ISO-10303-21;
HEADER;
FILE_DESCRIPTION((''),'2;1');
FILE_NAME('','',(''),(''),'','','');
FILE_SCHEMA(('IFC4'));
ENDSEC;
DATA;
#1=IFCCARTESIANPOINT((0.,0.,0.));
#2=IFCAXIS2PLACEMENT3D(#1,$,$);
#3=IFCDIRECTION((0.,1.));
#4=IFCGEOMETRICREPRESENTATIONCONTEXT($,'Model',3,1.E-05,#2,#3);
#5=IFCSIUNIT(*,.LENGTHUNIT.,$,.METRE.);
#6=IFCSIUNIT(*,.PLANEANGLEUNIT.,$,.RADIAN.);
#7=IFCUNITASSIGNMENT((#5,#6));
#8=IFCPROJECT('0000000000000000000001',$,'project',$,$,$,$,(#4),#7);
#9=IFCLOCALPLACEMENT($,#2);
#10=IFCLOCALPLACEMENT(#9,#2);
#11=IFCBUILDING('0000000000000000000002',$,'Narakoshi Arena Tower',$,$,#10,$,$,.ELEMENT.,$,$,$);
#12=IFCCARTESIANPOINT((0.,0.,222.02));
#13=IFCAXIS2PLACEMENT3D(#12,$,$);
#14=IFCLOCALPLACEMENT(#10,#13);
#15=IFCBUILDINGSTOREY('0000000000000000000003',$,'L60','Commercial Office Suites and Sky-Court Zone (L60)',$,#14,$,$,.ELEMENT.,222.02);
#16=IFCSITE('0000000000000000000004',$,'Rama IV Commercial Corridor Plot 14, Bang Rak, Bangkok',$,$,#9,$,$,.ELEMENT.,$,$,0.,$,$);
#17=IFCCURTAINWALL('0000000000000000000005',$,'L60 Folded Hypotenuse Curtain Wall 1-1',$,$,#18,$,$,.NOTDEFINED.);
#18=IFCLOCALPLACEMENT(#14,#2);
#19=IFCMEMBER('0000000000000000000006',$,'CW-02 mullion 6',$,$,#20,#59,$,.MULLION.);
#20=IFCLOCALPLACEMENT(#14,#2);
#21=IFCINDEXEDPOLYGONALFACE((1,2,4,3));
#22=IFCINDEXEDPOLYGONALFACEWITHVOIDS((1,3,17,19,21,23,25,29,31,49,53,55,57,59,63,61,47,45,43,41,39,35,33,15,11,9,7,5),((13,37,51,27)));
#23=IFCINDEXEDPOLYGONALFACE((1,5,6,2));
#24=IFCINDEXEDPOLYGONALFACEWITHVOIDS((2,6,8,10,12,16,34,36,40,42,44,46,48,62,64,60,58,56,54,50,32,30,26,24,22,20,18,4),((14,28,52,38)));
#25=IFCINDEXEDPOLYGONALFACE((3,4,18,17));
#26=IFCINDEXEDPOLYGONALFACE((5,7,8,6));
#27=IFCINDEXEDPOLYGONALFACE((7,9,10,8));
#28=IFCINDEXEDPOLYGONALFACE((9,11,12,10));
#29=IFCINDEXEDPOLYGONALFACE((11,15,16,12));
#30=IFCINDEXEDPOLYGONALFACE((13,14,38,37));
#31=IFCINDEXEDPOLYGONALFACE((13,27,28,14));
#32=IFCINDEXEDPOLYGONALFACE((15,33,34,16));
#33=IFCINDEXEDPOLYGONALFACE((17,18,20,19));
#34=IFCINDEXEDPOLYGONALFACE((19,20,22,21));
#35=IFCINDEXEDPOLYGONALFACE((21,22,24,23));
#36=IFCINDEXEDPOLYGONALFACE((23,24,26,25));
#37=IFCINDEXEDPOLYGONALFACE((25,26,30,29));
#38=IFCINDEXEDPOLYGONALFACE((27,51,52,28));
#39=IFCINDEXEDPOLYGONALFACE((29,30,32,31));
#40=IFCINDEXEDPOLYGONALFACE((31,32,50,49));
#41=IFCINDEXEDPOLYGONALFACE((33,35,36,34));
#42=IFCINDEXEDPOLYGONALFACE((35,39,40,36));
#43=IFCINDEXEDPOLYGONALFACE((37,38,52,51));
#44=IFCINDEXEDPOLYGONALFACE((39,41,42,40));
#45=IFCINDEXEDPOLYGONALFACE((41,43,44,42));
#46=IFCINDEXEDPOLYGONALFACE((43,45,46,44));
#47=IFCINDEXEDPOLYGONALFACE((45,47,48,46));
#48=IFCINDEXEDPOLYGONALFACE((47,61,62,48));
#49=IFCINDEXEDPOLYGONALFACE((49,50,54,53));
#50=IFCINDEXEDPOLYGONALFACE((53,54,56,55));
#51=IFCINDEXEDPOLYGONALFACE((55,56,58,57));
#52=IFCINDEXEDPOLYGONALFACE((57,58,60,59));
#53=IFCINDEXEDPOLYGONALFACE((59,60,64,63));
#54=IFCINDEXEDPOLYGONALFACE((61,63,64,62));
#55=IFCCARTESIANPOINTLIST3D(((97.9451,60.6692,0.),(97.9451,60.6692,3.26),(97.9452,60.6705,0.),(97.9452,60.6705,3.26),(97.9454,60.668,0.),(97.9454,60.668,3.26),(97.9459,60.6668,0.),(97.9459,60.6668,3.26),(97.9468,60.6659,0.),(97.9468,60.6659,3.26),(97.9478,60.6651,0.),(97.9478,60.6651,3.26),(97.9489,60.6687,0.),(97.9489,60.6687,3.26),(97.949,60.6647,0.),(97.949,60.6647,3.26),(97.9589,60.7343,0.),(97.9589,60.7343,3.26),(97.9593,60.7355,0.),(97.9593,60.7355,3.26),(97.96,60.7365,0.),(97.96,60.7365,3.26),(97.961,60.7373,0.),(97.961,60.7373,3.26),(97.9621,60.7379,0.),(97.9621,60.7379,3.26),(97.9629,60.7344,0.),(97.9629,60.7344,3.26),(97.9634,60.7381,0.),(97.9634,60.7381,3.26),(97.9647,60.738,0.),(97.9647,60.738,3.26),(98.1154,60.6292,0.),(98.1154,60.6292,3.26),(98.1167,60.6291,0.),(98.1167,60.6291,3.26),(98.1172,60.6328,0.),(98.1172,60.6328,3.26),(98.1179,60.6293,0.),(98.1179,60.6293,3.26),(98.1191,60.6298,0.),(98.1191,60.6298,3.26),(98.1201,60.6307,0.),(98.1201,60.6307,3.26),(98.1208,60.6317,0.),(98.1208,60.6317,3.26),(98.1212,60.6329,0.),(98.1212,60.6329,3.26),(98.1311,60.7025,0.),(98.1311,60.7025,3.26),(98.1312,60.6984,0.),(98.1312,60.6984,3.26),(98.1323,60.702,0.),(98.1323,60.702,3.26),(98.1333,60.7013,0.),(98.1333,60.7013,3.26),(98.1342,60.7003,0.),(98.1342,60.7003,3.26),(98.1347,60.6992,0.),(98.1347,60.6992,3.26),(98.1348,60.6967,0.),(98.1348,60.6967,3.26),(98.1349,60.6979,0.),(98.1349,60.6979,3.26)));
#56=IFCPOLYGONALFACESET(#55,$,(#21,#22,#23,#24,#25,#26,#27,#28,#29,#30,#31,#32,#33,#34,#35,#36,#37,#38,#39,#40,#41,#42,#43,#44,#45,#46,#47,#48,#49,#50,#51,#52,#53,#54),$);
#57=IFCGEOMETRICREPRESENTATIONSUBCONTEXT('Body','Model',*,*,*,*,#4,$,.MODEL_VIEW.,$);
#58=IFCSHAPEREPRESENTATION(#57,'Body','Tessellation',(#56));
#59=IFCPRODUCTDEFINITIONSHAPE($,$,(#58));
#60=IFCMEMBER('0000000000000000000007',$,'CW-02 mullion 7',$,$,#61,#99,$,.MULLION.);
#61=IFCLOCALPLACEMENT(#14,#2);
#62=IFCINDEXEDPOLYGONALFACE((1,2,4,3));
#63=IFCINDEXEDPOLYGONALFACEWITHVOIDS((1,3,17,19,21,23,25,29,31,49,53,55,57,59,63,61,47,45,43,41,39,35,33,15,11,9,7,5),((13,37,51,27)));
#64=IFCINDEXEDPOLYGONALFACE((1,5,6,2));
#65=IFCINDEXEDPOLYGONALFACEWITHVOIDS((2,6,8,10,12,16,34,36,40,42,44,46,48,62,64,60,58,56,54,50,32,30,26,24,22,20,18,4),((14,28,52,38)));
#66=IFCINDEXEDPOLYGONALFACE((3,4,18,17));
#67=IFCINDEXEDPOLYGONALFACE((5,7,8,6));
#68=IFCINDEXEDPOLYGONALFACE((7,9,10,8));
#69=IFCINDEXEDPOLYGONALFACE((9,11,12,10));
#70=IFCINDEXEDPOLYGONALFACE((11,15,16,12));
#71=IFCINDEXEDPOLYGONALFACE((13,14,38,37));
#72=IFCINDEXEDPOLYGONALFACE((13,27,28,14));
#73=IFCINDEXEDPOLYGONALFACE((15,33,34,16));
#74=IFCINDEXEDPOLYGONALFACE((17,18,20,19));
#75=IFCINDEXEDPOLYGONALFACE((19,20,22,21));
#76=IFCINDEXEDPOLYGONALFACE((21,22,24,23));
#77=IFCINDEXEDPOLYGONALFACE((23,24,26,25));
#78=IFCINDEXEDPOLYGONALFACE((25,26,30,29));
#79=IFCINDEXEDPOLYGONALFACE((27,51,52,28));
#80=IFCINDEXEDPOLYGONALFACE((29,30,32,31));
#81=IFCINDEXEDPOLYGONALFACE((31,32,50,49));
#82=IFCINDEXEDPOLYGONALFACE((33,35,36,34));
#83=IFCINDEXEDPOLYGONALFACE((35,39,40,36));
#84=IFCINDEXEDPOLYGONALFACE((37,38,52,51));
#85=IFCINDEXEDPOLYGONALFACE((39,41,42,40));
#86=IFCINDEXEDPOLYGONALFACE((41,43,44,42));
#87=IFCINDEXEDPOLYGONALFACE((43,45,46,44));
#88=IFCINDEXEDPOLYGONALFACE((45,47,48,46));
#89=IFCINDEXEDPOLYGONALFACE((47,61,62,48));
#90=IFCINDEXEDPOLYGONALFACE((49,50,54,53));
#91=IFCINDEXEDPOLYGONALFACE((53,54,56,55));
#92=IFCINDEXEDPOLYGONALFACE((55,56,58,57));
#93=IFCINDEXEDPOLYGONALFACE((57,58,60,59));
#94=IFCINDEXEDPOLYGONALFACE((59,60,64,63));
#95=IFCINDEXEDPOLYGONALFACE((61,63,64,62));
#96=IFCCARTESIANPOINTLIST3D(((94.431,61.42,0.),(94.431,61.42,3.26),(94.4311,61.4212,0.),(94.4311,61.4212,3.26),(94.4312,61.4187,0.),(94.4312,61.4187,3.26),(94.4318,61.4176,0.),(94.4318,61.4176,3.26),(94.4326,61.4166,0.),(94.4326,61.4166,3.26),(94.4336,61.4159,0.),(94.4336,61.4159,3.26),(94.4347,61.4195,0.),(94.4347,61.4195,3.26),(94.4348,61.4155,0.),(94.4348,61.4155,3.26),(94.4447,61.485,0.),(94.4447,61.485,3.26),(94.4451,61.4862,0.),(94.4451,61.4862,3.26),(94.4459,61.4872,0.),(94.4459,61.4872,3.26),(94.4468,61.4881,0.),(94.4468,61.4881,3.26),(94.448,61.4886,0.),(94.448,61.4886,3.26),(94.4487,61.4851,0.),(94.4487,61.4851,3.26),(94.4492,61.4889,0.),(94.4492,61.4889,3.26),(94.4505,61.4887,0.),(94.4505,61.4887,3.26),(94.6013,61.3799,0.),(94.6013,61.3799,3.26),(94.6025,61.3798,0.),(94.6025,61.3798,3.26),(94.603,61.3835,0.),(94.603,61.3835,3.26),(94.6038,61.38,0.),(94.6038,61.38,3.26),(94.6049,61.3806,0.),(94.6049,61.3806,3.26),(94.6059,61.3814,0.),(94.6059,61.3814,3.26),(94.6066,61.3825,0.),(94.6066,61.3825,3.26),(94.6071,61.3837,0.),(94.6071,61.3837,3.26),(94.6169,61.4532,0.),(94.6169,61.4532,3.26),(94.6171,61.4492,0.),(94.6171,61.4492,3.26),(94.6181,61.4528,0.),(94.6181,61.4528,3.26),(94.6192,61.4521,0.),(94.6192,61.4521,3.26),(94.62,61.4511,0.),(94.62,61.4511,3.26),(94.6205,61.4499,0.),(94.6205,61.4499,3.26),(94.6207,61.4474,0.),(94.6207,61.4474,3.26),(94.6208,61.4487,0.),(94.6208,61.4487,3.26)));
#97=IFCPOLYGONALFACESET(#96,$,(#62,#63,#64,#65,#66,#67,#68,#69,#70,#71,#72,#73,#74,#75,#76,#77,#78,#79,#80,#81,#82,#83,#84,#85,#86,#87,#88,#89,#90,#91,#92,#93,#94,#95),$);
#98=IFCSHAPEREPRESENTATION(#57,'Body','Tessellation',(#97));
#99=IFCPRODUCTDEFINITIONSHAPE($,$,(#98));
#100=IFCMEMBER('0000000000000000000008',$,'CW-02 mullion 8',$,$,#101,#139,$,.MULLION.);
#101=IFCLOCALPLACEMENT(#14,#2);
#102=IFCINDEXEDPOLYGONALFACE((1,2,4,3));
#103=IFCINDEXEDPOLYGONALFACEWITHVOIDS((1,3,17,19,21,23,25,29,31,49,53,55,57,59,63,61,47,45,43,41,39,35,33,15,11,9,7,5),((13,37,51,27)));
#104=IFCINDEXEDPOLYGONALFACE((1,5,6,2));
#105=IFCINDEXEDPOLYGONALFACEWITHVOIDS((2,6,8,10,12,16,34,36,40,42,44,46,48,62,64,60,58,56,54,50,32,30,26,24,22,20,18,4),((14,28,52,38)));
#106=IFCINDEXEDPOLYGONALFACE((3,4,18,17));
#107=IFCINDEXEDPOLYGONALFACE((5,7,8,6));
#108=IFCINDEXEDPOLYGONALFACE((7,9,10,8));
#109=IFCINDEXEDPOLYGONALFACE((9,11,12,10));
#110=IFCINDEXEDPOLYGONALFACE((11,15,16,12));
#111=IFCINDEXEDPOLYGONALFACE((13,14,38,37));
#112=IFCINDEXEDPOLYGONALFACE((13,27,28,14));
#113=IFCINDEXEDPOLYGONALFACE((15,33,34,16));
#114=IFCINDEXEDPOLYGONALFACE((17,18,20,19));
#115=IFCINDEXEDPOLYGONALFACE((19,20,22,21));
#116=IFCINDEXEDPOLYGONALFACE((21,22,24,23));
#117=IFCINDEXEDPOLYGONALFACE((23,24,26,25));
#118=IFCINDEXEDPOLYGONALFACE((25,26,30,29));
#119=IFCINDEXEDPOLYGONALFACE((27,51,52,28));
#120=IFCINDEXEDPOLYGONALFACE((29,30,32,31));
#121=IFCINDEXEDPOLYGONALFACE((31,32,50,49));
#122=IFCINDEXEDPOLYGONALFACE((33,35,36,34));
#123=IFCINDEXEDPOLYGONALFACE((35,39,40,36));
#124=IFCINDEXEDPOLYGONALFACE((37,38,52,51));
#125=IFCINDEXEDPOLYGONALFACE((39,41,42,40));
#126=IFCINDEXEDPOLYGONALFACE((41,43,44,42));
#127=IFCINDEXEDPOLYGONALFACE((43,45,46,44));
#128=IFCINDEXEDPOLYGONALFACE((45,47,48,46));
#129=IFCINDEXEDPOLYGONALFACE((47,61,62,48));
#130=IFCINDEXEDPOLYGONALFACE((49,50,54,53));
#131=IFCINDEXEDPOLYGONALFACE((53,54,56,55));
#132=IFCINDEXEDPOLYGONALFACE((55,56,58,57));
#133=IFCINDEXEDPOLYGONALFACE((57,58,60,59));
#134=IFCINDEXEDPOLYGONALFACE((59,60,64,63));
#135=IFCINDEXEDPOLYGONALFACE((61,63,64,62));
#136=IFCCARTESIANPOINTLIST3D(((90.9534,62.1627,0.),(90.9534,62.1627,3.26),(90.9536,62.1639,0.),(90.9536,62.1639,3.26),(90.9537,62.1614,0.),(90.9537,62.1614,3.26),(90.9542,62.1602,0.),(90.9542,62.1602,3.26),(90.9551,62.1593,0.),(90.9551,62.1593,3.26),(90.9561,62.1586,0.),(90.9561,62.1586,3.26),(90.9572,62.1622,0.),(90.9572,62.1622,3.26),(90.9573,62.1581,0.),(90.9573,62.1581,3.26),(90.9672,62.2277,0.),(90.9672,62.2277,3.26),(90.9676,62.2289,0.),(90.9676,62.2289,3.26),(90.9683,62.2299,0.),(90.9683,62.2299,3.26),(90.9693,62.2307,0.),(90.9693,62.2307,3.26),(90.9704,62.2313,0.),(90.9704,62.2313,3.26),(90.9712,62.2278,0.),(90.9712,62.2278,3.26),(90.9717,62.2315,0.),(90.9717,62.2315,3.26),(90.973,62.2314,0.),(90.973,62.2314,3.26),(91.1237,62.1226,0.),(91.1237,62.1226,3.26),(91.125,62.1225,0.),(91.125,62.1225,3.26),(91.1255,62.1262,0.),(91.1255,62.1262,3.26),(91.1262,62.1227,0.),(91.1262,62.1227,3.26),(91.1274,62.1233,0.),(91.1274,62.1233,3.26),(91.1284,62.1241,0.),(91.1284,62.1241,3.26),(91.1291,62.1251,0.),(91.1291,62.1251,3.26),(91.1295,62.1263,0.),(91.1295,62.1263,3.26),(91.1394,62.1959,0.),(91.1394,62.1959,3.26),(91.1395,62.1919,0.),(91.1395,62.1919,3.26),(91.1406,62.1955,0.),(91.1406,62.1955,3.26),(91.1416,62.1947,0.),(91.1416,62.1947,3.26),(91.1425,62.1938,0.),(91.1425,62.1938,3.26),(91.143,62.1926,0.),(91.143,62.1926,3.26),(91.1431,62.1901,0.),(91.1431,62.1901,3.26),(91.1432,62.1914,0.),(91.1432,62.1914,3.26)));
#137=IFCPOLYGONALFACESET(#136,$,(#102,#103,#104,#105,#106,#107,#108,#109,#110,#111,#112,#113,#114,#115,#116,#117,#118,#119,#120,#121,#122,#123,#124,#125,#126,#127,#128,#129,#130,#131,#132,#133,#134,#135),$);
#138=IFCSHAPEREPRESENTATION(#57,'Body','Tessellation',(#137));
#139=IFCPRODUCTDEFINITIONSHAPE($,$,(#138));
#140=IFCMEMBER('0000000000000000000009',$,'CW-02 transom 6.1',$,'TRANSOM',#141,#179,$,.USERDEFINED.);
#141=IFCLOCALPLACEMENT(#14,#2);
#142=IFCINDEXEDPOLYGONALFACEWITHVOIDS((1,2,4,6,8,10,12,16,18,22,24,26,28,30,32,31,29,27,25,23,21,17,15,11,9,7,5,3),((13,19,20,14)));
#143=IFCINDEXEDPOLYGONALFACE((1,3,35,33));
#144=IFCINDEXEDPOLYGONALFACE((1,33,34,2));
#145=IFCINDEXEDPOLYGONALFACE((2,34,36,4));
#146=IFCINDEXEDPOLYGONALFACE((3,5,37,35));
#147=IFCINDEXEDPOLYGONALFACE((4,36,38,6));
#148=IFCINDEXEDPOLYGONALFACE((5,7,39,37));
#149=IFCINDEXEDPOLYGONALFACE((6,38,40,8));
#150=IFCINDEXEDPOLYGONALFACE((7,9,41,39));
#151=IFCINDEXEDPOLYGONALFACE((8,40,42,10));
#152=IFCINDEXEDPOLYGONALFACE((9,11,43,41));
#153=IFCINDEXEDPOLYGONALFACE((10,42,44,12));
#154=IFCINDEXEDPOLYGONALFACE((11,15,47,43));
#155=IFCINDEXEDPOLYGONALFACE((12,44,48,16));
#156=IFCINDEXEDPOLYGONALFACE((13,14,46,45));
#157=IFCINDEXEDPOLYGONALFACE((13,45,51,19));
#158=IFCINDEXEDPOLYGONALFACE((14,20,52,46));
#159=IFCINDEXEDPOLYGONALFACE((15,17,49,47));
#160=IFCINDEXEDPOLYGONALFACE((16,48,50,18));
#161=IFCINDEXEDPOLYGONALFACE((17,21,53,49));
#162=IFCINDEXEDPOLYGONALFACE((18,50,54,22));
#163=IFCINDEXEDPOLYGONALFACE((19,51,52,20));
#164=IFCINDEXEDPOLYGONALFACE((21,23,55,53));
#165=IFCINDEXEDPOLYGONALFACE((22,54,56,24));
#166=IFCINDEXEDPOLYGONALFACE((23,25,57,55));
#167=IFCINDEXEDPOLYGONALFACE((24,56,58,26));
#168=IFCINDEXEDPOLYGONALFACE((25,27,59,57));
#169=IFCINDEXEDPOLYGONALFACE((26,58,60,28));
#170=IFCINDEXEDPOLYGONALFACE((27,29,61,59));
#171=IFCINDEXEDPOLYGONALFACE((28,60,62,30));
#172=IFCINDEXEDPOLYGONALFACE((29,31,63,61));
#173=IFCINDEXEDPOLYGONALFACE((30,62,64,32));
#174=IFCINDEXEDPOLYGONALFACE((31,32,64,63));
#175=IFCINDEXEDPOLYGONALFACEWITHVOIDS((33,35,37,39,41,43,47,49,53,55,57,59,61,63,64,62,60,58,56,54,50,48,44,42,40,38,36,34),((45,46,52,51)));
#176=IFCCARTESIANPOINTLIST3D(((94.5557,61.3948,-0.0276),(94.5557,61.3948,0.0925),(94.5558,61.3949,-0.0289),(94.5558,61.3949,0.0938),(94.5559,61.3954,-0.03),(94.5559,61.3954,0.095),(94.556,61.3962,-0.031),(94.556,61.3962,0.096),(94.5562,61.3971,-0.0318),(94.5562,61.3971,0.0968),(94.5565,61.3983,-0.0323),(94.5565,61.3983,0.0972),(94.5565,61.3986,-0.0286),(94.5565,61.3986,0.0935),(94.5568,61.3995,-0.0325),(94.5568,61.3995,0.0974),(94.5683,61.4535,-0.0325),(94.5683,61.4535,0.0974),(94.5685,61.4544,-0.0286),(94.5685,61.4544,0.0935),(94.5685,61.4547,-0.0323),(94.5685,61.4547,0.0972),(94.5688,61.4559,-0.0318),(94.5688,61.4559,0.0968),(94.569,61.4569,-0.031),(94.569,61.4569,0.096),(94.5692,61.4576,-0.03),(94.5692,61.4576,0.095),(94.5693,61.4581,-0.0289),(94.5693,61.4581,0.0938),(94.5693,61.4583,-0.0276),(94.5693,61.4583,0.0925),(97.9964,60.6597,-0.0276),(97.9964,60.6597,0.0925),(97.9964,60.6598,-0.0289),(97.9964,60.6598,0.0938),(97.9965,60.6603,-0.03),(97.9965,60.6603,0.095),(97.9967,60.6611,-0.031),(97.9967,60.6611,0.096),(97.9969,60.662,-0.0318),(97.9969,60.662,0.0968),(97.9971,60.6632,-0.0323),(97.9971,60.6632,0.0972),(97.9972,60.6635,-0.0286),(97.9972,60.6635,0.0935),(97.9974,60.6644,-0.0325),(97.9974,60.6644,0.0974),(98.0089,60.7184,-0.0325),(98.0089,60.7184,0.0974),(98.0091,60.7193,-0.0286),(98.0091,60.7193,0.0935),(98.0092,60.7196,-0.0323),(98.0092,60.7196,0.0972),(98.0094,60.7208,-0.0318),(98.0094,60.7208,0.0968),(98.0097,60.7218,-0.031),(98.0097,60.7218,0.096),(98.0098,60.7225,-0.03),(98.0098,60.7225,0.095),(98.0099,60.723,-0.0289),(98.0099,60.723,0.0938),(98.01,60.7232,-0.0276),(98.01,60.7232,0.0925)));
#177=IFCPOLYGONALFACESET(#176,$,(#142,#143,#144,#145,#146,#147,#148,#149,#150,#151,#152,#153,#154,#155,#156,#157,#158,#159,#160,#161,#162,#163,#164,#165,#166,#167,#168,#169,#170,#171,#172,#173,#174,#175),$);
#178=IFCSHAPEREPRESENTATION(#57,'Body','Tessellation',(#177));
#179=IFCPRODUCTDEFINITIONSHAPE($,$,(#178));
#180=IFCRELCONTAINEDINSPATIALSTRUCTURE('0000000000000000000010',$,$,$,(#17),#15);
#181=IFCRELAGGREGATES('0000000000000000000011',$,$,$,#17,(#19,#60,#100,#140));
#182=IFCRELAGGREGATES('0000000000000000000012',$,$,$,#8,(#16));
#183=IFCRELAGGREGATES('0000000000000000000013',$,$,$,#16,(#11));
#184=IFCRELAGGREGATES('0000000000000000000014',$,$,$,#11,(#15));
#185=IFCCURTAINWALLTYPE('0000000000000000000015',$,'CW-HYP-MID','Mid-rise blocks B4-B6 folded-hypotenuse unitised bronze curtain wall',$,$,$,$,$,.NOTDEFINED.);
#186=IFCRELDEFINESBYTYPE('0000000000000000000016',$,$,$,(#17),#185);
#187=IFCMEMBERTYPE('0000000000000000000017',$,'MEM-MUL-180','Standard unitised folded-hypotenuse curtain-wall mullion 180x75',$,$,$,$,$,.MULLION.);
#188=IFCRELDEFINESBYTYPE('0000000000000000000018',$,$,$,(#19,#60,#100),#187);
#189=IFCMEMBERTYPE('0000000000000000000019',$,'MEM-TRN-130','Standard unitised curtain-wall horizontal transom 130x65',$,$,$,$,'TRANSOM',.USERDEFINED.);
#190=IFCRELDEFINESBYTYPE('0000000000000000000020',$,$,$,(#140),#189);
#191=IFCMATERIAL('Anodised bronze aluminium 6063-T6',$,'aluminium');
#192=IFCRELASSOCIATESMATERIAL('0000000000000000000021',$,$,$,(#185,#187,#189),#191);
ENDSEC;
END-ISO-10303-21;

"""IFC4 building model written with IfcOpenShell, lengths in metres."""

from ifc_helpers import new_model, si_unit, direction, frame, origin, origin_2d, place, context, subcontext, project, spatial, hollow_rectangle, extrude, material, material_profile, profile_set, type_object, element, aggregate, save


model = new_model("IFC4")

# Units and contexts
model_context = context("Model", 3, precision=1e-05, world=origin(), true_north=direction((0.0, 1.0)))
body_context = subcontext(model_context, "Body", "Model", "MODEL_VIEW")
ifc_project = project(units=[si_unit("LENGTHUNIT", "METRE"), si_unit("PLANEANGLEUNIT", "RADIAN")], contexts=[model_context])

# Site, building, storey
site_placement = place(None, origin())
site = spatial("IfcSite", under=ifc_project, at=site_placement, Name="Rama IV Commercial Corridor Plot 14, Bang Rak, Bangkok", CompositionType="ELEMENT", RefElevation=0.0)
building_placement = place(site_placement, origin())
building = spatial("IfcBuilding", under=site, at=building_placement, Name="Narakoshi Arena Tower", CompositionType="ELEMENT")
storey_placement = place(building_placement, frame((0.0, 0.0, 222.02)))
storey = spatial("IfcBuildingStorey", under=building, at=storey_placement, Name="L60", Description="Commercial Office Suites and Sky-Court Zone (L60)", CompositionType="ELEMENT", Elevation=222.02)

# Curtain wall, members
ifc_material_1 = material(Name="Anodised bronze aluminium 6063-T6", Category="aluminium")
curtain_wall_type = type_object("IfcCurtainWallType", Name="CW-HYP-MID", Description="Mid-rise blocks B4-B6 folded-hypotenuse unitised bronze curtain wall", PredefinedType="NOTDEFINED", material=ifc_material_1)
curtain_wall_placement = place(storey_placement, origin())
curtain_wall = element("IfcCurtainWall", 1, at=curtain_wall_placement, inside=storey, type_object=curtain_wall_type, Name="L60 Folded Hypotenuse Curtain Wall 1-1", PredefinedType="NOTDEFINED")
ifc_material_profile_1 = material_profile(ifc_material_1, hollow_rectangle(XDim=0.075, YDim=0.1799, WallThickness=0.0039, OuterFilletRadius=0.0049, at=origin_2d()), Name="MUL180x75x4")
ifc_profile_set_1 = profile_set([ifc_material_profile_1], Name="Anodised bronze aluminium 6063-T6")
member_type_1 = type_object("IfcMemberType", Name="MEM-MUL-180", Description="Standard unitised folded-hypotenuse curtain-wall mullion 180x75", PredefinedType="MULLION", material=ifc_profile_set_1)
member_1_placement = place(storey_placement, frame((98.04, 60.6836, 0.0), z_axis=(0.0, 0.0, 1.0), x_axis=(-0.208899, -0.977937, 0.0)))
member_1 = element("IfcMember", 2, at=member_1_placement, type_object=member_type_1, Name="CW-02 mullion 6", PredefinedType="MULLION", context=body_context, shape_type="SweptSolid", body=[
    extrude(hollow_rectangle(XDim=0.075, YDim=0.1799, WallThickness=0.0039, OuterFilletRadius=0.0049, at=origin_2d()), origin(), (0.0, 0.0, 1.0), 3.26),
])
member_2_placement = place(storey_placement, frame((94.5259, 61.4343, 0.0), z_axis=(0.0, 0.0, 1.0), x_axis=(-0.208899, -0.977937, 0.0)))
member_2 = element("IfcMember", 3, at=member_2_placement, type_object=member_type_1, Name="CW-02 mullion 7", PredefinedType="MULLION", context=body_context, shape_type="SweptSolid", body=[
    extrude(hollow_rectangle(XDim=0.075, YDim=0.1799, WallThickness=0.0039, OuterFilletRadius=0.0049, at=origin_2d()), origin(), (0.0, 0.0, 1.0), 3.26),
])
member_3_placement = place(storey_placement, frame((91.0483, 62.177, 0.0), z_axis=(0.0, 0.0, 1.0), x_axis=(-0.208899, -0.977937, 0.0)))
member_3 = element("IfcMember", 4, at=member_3_placement, type_object=member_type_1, Name="CW-02 mullion 8", PredefinedType="MULLION", context=body_context, shape_type="SweptSolid", body=[
    extrude(hollow_rectangle(XDim=0.075, YDim=0.1799, WallThickness=0.0039, OuterFilletRadius=0.0049, at=origin_2d()), origin(), (0.0, 0.0, 1.0), 3.26),
])
ifc_material_profile_2 = material_profile(ifc_material_1, hollow_rectangle(XDim=0.0649, YDim=0.1299, WallThickness=0.0039, OuterFilletRadius=0.0049, at=origin_2d()), Name="TRN130x65x4")
ifc_profile_set_2 = profile_set([ifc_material_profile_2], Name="Anodised bronze aluminium 6063-T6")
member_type_2 = type_object("IfcMemberType", Name="MEM-TRN-130", Description="Standard unitised curtain-wall horizontal transom 130x65", ElementType="TRANSOM", PredefinedType="USERDEFINED", material=ifc_profile_set_2)
member_4_placement = place(storey_placement, frame((98.0032, 60.6914, 0.0325), z_axis=(-0.977929, 0.208937, 0.0), x_axis=(-0.208937, -0.977929, 0.0)))
member_4 = element("IfcMember", 5, at=member_4_placement, type_object=member_type_2, Name="CW-02 transom 6.1", ObjectType="TRANSOM", PredefinedType="USERDEFINED", context=body_context, shape_type="SweptSolid", body=[
    extrude(hollow_rectangle(XDim=0.0649, YDim=0.1299, WallThickness=0.0039, OuterFilletRadius=0.0049, at=origin_2d()), origin(), (0.0, 0.0, 1.0), 3.5183),
])
aggregate(curtain_wall, [member_1, member_2, member_3, member_4])

save(model, "model.ifc")
